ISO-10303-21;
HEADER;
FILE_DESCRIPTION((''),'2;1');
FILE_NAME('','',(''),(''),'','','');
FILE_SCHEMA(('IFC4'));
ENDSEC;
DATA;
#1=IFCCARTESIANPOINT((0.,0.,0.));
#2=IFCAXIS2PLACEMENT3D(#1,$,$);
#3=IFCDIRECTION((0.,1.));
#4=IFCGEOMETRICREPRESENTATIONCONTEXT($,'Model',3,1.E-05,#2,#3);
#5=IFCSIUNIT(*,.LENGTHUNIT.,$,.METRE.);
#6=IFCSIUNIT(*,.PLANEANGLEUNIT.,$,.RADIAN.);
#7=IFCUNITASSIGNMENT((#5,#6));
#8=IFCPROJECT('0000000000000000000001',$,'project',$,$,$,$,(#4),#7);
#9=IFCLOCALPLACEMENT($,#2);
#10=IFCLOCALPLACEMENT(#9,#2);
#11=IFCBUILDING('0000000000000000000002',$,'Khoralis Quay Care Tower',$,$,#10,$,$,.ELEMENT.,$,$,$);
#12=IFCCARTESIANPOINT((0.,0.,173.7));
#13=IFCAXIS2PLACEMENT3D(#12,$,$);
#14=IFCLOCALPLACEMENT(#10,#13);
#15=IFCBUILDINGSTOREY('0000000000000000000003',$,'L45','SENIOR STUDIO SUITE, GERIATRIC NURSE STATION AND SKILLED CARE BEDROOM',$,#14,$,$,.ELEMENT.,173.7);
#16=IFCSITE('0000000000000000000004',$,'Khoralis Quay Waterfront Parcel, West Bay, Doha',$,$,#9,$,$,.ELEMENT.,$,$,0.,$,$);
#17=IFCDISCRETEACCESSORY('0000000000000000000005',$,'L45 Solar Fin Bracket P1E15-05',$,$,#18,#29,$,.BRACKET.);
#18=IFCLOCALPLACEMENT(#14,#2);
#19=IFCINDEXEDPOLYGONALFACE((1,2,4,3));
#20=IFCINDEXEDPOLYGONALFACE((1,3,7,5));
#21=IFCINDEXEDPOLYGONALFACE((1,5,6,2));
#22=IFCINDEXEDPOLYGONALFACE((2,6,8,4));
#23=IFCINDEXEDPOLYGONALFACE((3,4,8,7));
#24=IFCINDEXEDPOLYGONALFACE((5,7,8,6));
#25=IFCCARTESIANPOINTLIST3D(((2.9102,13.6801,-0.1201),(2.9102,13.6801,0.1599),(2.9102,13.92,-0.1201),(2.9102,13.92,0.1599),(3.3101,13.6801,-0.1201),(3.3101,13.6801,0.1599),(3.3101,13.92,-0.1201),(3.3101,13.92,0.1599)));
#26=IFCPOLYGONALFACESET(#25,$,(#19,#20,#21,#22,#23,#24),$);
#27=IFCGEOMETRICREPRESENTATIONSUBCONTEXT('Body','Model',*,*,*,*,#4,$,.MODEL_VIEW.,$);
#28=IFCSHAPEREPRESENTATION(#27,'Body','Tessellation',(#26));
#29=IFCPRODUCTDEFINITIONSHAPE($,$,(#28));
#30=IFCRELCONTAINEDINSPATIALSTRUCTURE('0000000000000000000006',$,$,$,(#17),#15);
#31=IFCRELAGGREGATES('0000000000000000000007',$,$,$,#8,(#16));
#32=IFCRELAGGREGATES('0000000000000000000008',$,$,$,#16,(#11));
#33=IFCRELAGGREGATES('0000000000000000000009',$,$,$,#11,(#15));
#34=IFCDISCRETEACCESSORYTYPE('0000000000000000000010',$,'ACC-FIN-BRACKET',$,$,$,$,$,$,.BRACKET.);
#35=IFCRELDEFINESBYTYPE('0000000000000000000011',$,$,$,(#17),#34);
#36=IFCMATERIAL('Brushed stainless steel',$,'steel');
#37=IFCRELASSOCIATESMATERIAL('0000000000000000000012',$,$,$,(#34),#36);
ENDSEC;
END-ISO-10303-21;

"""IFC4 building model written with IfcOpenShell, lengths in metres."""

from ifc_helpers import new_model, si_unit, direction, frame, origin, origin_2d, place, context, subcontext, project, spatial, rectangle, extrude, source, transform, mapped, material, type_object, element, save


model = new_model("IFC4")

# Units and contexts
model_context = context("Model", 3, precision=1e-05, world=origin(), true_north=direction((0.0, 1.0)))
body_context = subcontext(model_context, "Body", "Model", "MODEL_VIEW")
ifc_project = project(units=[si_unit("LENGTHUNIT", "METRE"), si_unit("PLANEANGLEUNIT", "RADIAN")], contexts=[model_context])

# Site, building, storey
site_placement = place(None, origin())
site = spatial("IfcSite", under=ifc_project, at=site_placement, Name="Khoralis Quay Waterfront Parcel, West Bay, Doha", CompositionType="ELEMENT", RefElevation=0.0)
building_placement = place(site_placement, origin())
building = spatial("IfcBuilding", under=site, at=building_placement, Name="Khoralis Quay Care Tower", CompositionType="ELEMENT")
storey_placement = place(building_placement, frame((0.0, 0.0, 173.7)))
storey = spatial("IfcBuildingStorey", under=building, at=storey_placement, Name="L45", Description="SENIOR STUDIO SUITE, GERIATRIC NURSE STATION AND SKILLED CARE BEDROOM", CompositionType="ELEMENT", Elevation=173.7)

# Shared definitions
ifc_material_1 = material(Name="Brushed stainless steel", Category="steel")

# Discrete accessory
discrete_accessory_type = type_object("IfcDiscreteAccessoryType", Name="ACC-FIN-BRACKET", PredefinedType="BRACKET", material=ifc_material_1)
shared_shape_1 = source(origin(), body_context, "Body", "SweptSolid", [
    extrude(rectangle(XDim=0.3999, YDim=0.24, at=origin_2d()), origin(), (0.0, 0.0, 1.0), 0.28),
])
for number, where, z_axis, x_axis, name in (
    (1, (3.1101, 13.8, -0.1201), (0.0, 0.0, 1.0), (-1.0, 0.0, 0.0), "L45 Solar Fin Bracket P1E15-05"),
):
    element("IfcDiscreteAccessory", number, at=place(storey_placement, frame(where, z_axis=z_axis, x_axis=x_axis)), inside=storey, type_object=discrete_accessory_type, Name=name, PredefinedType="BRACKET", context=body_context, shape_type="MappedRepresentation", body=[
        mapped(shared_shape_1, transform((0.0, 0.0, 0.0), scale=1.0)),
    ])

save(model, "model.ifc")
